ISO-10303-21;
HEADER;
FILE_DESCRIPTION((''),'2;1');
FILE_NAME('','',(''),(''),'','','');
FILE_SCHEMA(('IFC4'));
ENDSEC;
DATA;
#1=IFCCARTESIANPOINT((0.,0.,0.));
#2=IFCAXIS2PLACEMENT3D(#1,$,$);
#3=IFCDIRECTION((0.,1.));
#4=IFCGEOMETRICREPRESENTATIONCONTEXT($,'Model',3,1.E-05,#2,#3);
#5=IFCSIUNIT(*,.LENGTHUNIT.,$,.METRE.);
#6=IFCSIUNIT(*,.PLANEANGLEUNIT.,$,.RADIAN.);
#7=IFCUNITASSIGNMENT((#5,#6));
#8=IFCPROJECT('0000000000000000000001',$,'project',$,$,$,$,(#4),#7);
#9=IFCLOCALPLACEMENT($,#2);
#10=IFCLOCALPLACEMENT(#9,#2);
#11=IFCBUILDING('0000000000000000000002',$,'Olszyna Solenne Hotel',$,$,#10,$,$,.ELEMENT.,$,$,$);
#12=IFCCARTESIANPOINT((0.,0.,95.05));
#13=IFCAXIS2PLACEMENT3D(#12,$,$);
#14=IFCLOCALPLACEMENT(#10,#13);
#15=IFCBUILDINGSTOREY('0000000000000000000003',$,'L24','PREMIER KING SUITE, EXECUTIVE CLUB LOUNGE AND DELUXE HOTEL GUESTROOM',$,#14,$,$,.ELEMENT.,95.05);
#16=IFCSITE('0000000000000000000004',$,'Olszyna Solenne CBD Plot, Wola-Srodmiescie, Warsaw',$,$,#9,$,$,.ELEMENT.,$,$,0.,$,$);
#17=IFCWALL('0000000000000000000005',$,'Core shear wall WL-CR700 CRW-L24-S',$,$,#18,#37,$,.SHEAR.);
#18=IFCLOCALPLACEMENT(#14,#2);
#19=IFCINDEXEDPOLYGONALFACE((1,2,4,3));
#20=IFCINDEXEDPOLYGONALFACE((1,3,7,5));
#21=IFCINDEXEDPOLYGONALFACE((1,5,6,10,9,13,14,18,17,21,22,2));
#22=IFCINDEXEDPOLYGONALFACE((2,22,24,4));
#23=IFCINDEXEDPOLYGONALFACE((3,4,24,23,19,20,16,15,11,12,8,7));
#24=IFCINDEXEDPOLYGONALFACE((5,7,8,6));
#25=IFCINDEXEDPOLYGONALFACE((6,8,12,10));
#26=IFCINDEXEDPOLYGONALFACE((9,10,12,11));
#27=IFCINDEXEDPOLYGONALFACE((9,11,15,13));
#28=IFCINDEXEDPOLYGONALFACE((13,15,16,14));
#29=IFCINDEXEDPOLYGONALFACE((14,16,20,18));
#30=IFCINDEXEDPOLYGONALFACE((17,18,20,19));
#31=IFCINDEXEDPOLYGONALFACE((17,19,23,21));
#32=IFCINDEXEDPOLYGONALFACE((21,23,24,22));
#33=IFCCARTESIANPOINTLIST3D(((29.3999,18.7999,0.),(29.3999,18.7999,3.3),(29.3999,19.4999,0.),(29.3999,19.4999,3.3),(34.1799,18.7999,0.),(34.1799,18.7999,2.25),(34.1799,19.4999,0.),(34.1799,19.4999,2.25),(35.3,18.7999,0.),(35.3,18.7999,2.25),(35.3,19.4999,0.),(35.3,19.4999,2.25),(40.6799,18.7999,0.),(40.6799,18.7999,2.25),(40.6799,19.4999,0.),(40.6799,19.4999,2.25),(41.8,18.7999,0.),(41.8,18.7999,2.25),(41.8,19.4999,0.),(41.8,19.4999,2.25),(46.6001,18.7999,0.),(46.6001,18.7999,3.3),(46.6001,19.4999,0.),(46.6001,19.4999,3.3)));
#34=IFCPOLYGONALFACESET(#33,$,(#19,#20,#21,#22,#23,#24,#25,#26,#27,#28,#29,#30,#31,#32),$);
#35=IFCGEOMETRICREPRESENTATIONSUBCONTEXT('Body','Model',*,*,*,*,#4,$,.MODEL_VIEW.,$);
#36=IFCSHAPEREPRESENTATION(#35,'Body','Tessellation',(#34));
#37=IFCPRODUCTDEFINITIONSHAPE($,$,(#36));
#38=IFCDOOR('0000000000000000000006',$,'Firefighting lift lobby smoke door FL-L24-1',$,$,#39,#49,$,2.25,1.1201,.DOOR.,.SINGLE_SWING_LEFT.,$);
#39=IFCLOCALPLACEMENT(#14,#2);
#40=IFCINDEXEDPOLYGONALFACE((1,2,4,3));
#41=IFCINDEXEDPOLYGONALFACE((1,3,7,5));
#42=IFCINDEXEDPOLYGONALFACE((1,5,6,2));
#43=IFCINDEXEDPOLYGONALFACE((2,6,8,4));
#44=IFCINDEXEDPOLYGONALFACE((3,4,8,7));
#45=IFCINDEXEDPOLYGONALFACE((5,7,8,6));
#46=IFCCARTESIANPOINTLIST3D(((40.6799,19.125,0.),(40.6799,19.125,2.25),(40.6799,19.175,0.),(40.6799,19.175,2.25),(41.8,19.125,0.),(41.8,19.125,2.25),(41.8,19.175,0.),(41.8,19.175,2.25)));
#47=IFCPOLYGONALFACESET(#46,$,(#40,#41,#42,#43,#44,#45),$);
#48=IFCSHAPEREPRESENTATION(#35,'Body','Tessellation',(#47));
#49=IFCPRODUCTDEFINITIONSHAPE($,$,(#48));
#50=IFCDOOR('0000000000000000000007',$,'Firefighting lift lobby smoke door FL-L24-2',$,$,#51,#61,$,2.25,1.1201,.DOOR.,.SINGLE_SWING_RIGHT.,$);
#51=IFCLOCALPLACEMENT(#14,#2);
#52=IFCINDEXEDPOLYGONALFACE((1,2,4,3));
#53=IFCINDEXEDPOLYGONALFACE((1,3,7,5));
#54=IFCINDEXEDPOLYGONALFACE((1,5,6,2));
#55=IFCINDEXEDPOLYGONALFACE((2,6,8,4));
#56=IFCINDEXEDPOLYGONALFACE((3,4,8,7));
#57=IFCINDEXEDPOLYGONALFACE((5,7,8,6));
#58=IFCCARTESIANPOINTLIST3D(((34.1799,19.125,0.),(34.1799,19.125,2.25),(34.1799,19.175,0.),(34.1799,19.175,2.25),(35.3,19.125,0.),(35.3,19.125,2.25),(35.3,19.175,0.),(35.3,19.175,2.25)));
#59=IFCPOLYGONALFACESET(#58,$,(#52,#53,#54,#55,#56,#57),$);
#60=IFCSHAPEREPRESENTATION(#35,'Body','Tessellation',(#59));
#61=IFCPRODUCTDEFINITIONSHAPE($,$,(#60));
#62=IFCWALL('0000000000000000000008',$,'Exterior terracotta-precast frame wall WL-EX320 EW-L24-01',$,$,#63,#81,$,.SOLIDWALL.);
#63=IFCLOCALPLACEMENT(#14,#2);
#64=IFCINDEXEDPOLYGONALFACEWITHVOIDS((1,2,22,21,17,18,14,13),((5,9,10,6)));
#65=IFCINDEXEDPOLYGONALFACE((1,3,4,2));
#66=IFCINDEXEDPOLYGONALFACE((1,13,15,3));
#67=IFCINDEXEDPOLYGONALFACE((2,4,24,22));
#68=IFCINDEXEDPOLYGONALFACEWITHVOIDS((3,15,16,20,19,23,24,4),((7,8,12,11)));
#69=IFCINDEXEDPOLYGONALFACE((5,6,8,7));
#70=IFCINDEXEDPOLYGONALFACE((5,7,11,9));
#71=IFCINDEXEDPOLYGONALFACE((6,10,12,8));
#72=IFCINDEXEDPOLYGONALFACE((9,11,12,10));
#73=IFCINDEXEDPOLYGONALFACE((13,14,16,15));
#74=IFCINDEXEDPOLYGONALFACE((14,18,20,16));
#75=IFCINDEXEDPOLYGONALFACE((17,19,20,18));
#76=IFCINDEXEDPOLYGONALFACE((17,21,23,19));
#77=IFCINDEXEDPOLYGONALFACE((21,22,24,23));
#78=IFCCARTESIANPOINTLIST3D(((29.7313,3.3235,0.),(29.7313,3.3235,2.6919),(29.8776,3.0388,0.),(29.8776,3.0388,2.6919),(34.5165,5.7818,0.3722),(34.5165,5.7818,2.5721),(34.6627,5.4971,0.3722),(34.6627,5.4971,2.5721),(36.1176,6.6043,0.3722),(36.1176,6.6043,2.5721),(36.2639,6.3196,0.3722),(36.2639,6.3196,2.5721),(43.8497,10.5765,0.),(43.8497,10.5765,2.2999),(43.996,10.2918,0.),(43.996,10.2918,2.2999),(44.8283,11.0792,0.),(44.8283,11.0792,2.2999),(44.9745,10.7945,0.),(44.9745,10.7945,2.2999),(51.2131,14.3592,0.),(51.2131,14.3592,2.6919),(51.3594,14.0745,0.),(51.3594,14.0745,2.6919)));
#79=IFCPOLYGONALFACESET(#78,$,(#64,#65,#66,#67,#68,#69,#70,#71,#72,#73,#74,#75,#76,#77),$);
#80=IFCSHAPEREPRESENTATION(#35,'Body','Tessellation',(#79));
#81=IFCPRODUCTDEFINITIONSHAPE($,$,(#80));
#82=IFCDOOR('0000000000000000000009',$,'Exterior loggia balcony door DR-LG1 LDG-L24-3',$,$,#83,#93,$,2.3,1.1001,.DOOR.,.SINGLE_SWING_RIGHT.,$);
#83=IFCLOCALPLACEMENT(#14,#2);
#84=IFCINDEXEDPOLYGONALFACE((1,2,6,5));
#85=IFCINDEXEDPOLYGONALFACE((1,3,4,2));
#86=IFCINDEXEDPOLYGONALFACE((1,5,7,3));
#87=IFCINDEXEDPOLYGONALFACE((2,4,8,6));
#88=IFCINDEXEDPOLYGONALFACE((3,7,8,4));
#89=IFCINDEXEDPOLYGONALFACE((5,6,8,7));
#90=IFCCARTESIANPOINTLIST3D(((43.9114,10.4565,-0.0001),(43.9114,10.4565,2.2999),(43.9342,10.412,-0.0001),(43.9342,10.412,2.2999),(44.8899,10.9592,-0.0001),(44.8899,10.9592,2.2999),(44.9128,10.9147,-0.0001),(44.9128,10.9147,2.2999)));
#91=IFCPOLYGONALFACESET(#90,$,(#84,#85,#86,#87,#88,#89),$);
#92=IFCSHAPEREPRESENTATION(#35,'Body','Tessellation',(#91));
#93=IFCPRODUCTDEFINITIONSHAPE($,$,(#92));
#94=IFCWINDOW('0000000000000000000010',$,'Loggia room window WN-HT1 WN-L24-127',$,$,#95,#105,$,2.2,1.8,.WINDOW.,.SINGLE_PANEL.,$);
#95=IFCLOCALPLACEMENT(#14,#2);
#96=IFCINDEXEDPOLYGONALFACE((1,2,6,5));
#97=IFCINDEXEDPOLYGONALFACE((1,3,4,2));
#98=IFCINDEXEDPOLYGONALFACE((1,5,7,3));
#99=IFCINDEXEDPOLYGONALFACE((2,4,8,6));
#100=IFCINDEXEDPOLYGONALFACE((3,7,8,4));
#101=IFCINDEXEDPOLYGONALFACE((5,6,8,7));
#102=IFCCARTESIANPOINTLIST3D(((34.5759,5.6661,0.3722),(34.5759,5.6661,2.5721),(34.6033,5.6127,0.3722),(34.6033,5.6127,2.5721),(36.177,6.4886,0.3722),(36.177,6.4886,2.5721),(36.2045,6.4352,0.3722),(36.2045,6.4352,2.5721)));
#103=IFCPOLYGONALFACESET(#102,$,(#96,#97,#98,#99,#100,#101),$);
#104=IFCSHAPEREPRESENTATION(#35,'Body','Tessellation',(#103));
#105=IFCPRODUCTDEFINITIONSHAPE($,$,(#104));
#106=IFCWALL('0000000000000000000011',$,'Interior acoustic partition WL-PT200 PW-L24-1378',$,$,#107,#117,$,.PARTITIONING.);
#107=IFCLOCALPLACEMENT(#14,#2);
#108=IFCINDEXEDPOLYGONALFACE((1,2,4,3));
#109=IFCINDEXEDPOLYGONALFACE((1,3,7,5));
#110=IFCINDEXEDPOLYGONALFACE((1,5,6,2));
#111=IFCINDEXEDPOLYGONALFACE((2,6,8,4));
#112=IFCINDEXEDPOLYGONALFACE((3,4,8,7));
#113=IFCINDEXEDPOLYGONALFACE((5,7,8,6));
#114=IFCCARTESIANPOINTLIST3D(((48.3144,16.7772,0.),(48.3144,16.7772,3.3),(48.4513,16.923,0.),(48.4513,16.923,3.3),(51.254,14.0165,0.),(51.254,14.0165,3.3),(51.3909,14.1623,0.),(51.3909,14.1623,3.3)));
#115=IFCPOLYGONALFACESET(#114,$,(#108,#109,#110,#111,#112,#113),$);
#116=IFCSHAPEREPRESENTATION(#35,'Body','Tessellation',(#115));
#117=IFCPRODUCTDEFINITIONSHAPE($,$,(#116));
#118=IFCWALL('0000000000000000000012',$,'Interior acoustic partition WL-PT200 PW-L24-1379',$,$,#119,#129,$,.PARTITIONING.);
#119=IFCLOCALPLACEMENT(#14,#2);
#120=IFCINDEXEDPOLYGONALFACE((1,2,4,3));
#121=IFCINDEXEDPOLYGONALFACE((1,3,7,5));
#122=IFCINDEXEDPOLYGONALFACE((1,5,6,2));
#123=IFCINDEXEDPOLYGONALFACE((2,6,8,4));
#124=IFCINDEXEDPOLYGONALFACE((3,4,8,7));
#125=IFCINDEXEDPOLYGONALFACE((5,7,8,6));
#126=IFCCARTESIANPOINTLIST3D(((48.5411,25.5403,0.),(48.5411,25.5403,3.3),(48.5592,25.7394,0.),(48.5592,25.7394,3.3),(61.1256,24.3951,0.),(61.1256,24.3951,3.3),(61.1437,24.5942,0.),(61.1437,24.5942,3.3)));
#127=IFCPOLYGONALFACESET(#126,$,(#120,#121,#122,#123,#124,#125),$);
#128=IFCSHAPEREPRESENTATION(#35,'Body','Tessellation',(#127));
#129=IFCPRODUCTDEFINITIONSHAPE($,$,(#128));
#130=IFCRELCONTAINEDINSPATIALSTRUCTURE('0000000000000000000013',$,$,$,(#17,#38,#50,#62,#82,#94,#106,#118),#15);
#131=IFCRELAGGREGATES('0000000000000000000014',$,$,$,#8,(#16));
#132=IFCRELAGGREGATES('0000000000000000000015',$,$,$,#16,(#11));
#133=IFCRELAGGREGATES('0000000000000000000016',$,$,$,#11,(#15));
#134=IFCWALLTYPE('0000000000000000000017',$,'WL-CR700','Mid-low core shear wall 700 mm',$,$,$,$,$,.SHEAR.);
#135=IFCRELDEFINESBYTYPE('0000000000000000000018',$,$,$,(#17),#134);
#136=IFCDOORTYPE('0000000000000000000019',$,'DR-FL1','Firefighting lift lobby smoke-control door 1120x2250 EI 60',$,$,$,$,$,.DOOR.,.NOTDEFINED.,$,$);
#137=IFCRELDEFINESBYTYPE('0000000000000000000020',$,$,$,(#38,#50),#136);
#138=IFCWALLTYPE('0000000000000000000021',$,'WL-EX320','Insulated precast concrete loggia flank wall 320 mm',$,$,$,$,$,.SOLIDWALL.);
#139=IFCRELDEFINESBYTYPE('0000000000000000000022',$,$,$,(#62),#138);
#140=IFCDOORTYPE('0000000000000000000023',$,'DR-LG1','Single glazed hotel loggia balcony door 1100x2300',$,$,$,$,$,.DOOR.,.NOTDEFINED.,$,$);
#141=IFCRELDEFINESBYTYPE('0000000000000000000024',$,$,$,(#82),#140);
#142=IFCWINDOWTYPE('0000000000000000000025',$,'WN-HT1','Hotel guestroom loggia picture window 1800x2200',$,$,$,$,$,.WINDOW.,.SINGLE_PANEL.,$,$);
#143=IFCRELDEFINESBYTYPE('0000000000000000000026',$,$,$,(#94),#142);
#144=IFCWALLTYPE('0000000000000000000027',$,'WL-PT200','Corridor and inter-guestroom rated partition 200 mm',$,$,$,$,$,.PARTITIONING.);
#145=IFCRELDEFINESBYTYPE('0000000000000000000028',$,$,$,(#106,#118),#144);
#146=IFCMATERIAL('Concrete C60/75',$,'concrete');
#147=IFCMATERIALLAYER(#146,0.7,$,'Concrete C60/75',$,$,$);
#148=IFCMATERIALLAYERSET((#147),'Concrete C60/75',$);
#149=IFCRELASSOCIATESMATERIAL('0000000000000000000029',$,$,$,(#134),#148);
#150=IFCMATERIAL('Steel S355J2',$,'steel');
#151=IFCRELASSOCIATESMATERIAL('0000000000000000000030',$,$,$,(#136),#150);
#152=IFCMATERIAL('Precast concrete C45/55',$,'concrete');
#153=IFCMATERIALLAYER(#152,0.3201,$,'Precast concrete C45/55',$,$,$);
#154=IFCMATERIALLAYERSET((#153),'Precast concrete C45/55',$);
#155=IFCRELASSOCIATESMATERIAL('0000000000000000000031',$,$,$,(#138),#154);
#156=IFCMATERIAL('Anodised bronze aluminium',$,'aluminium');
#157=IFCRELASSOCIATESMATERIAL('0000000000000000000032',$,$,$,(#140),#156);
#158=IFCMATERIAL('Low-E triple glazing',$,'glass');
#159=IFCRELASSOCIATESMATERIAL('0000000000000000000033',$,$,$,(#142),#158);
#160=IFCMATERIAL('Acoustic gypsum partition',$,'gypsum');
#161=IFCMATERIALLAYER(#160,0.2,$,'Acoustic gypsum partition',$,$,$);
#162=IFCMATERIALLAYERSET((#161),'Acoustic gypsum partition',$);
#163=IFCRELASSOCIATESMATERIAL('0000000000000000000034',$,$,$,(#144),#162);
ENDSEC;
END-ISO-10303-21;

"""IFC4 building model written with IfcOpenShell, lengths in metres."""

from ifc_helpers import new_model, si_unit, direction, frame, frame_2d, origin, place, context, subcontext, project, spatial, rectangle, extrude, source, transform, mapped, material, layer, layer_set, type_object, type_shapes, element, fill, save


model = new_model("IFC4")

# Units and contexts
model_context = context("Model", 3, precision=1e-05, world=origin(), true_north=direction((0.0, 1.0)))
body_context = subcontext(model_context, "Body", "Model", "MODEL_VIEW")
ifc_project = project(units=[si_unit("LENGTHUNIT", "METRE"), si_unit("PLANEANGLEUNIT", "RADIAN")], contexts=[model_context])

# Site, building, storey
site_placement = place(None, origin())
site = spatial("IfcSite", under=ifc_project, at=site_placement, Name="Olszyna Solenne CBD Plot, Wola-Srodmiescie, Warsaw", CompositionType="ELEMENT", RefElevation=0.0)
building_placement = place(site_placement, origin())
building = spatial("IfcBuilding", under=site, at=building_placement, Name="Olszyna Solenne Hotel", CompositionType="ELEMENT")
storey_placement = place(building_placement, frame((0.0, 0.0, 95.05)))
storey = spatial("IfcBuildingStorey", under=building, at=storey_placement, Name="L24", Description="PREMIER KING SUITE, EXECUTIVE CLUB LOUNGE AND DELUXE HOTEL GUESTROOM", CompositionType="ELEMENT", Elevation=95.05)

# Shared definitions
ifc_material_1 = material(Name="Steel S355J2", Category="steel")

# Wall, openings, doors
ifc_material_2 = material(Name="Concrete C60/75", Category="concrete")
ifc_layer_1 = layer(ifc_material_2, 0.7, Name="Concrete C60/75")
ifc_layer_set_1 = layer_set([ifc_layer_1], Name="Concrete C60/75")
wall_type_1 = type_object("IfcWallType", Name="WL-CR700", Description="Mid-low core shear wall 700 mm", PredefinedType="SHEAR", material=ifc_layer_set_1)
wall_1_placement = place(storey_placement, frame((46.6001, 19.1499, 0.0), z_axis=(0.0, 0.0, 1.0), x_axis=(-1.0, 0.0, 0.0)))
wall_1 = element("IfcWall", 1, at=wall_1_placement, inside=storey, type_object=wall_type_1, Name="Core shear wall WL-CR700 CRW-L24-S", PredefinedType="SHEAR", context=body_context, shape_type="SweptSolid", body=[
    extrude(rectangle(XDim=17.2002, YDim=0.7, at=frame_2d((8.6001, 0.0))), origin(), (0.0, 0.0, 1.0), 3.3),
])
opening_1_placement = place(wall_1_placement, frame((4.8, 0.0, 0.0)))
opening_1 = element("IfcOpeningElement", 2, at=opening_1_placement, cuts=wall_1, PredefinedType="OPENING", context=body_context, shape_type="SweptSolid", body=[
    extrude(rectangle(XDim=1.1201, YDim=2.25, at=frame_2d((0.5601, 1.125))), frame((0.0, 0.3599, 0.0), z_axis=(0.0, -1.0, 0.0), x_axis=(1.0, 0.0, 0.0)), (0.0, 0.0, 1.0), 0.72),
])
opening_2_placement = place(wall_1_placement, frame((11.3, 0.0, 0.0)))
opening_2 = element("IfcOpeningElement", 3, at=opening_2_placement, cuts=wall_1, PredefinedType="OPENING", context=body_context, shape_type="SweptSolid", body=[
    extrude(rectangle(XDim=1.1201, YDim=2.25, at=frame_2d((0.5601, 1.125))), frame((0.0, 0.3599, 0.0), z_axis=(0.0, -1.0, 0.0), x_axis=(1.0, 0.0, 0.0)), (0.0, 0.0, 1.0), 0.72),
])
door_type_1 = type_object("IfcDoorType", Name="DR-FL1", Description="Firefighting lift lobby smoke-control door 1120x2250 EI 60", OperationType="NOTDEFINED", PredefinedType="DOOR", material=ifc_material_1)
shared_shape_1 = source(origin(), body_context, "Body", "SweptSolid", [
    extrude(rectangle(XDim=1.1201, YDim=2.25, at=frame_2d((0.5601, 1.125))), frame((0.0, 0.0249, 0.0), z_axis=(0.0, -1.0, 0.0), x_axis=(1.0, 0.0, 0.0)), (0.0, 0.0, 1.0), 0.05),
])
type_shapes(door_type_1, [shared_shape_1])
door_1_placement = place(opening_1_placement, origin())
door_1 = element("IfcDoor", 4, at=door_1_placement, inside=storey, type_object=door_type_1, Name="Firefighting lift lobby smoke door FL-L24-1", OperationType="SINGLE_SWING_LEFT", OverallHeight=2.25, OverallWidth=1.1201, PredefinedType="DOOR", context=body_context, shape_type="MappedRepresentation", body=[
    mapped(shared_shape_1, transform((0.0, 0.0, 0.0), x_axis=(1.0, 0.0, 0.0), y_axis=(0.0, 1.0, 0.0), z_axis=(0.0, 0.0, 1.0), scale=1.0)),
])
fill(opening_1, door_1)
door_2_placement = place(opening_2_placement, origin())
door_2 = element("IfcDoor", 5, at=door_2_placement, inside=storey, type_object=door_type_1, Name="Firefighting lift lobby smoke door FL-L24-2", OperationType="SINGLE_SWING_RIGHT", OverallHeight=2.25, OverallWidth=1.1201, PredefinedType="DOOR", context=body_context, shape_type="MappedRepresentation", body=[
    mapped(shared_shape_1, transform((0.0, 0.0, 0.0), x_axis=(1.0, 0.0, 0.0), y_axis=(0.0, 1.0, 0.0), z_axis=(0.0, 0.0, 1.0), scale=1.0)),
])
fill(opening_2, door_2)

# Wall, openings, door, window
ifc_material_3 = material(Name="Precast concrete C45/55", Category="concrete")
ifc_layer_2 = layer(ifc_material_3, 0.3201, Name="Precast concrete C45/55")
ifc_layer_set_2 = layer_set([ifc_layer_2], Name="Precast concrete C45/55")
wall_type_2 = type_object("IfcWallType", Name="WL-EX320", Description="Insulated precast concrete loggia flank wall 320 mm", PredefinedType="SOLIDWALL", material=ifc_layer_set_2)
wall_2_placement = place(storey_placement, frame((51.2861, 14.2168, 0.0), z_axis=(0.0, 0.0, 1.0), x_axis=(-0.889491, -0.456952, 0.0)))
wall_2 = element("IfcWall", 6, at=wall_2_placement, inside=storey, type_object=wall_type_2, Name="Exterior terracotta-precast frame wall WL-EX320 EW-L24-01", PredefinedType="SOLIDWALL", context=body_context, shape_type="SweptSolid", body=[
    extrude(rectangle(XDim=24.1506, YDim=0.3201, at=frame_2d((12.0752, 0.0))), origin(), (0.0, 0.0, 1.0), 2.6919),
])
opening_3_placement = place(wall_2_placement, frame((7.178, 0.0, 0.0)))
opening_3 = element("IfcOpeningElement", 7, at=opening_3_placement, cuts=wall_2, PredefinedType="OPENING", context=body_context, shape_type="SweptSolid", body=[
    extrude(rectangle(XDim=1.1001, YDim=2.3, at=frame_2d((0.55, 1.1499))), frame((0.0, 0.1699, 0.0), z_axis=(0.0, -1.0, 0.0), x_axis=(1.0, 0.0, 0.0)), (0.0, 0.0, 1.0), 0.3401),
])
opening_4_placement = place(wall_2_placement, frame((16.9709, 0.0, 0.3721)))
opening_4 = element("IfcOpeningElement", 8, at=opening_4_placement, cuts=wall_2, PredefinedType="OPENING", context=body_context, shape_type="SweptSolid", body=[
    extrude(rectangle(XDim=1.8, YDim=2.2, at=frame_2d((0.8999, 1.1001))), frame((0.0, 0.1699, 0.0), z_axis=(0.0, -1.0, 0.0), x_axis=(1.0, 0.0, 0.0)), (0.0, 0.0, 1.0), 0.3401),
])
ifc_material_4 = material(Name="Anodised bronze aluminium", Category="aluminium")
door_type_2 = type_object("IfcDoorType", Name="DR-LG1", Description="Single glazed hotel loggia balcony door 1100x2300", OperationType="NOTDEFINED", PredefinedType="DOOR", material=ifc_material_4)
shared_shape_2 = source(origin(), body_context, "Body", "SweptSolid", [
    extrude(rectangle(XDim=1.1001, YDim=2.3, at=frame_2d((0.55, 1.1499))), frame((0.0, 0.0249, 0.0), z_axis=(0.0, -1.0, 0.0), x_axis=(1.0, 0.0, 0.0)), (0.0, 0.0, 1.0), 0.05),
])
type_shapes(door_type_2, [shared_shape_2])
door_3_placement = place(opening_3_placement, origin())
door_3 = element("IfcDoor", 9, at=door_3_placement, inside=storey, type_object=door_type_2, Name="Exterior loggia balcony door DR-LG1 LDG-L24-3", OperationType="SINGLE_SWING_RIGHT", OverallHeight=2.3, OverallWidth=1.1001, PredefinedType="DOOR", context=body_context, shape_type="MappedRepresentation", body=[
    mapped(shared_shape_2, transform((0.0, 0.0, 0.0), x_axis=(1.0, 0.0, 0.0), y_axis=(0.0, 1.0, 0.0), z_axis=(0.0, 0.0, 1.0), scale=1.0)),
])
fill(opening_3, door_3)
ifc_material_5 = material(Name="Low-E triple glazing", Category="glass")
window_type = type_object("IfcWindowType", Name="WN-HT1", Description="Hotel guestroom loggia picture window 1800x2200", PartitioningType="SINGLE_PANEL", PredefinedType="WINDOW", material=ifc_material_5)
shared_shape_3 = source(origin(), body_context, "Body", "SweptSolid", [
    extrude(rectangle(XDim=1.8, YDim=2.2, at=frame_2d((0.8999, 1.1001))), frame((0.0, 0.03, 0.0), z_axis=(0.0, -1.0, 0.0), x_axis=(1.0, 0.0, 0.0)), (0.0, 0.0, 1.0), 0.0601),
])
type_shapes(window_type, [shared_shape_3])
window_placement = place(opening_4_placement, origin())
window = element("IfcWindow", 10, at=window_placement, inside=storey, type_object=window_type, Name="Loggia room window WN-HT1 WN-L24-127", OverallHeight=2.2, OverallWidth=1.8, PartitioningType="SINGLE_PANEL", PredefinedType="WINDOW", context=body_context, shape_type="MappedRepresentation", body=[
    mapped(shared_shape_3, transform((0.0, 0.0, 0.0), x_axis=(1.0, 0.0, 0.0), y_axis=(0.0, 1.0, 0.0), z_axis=(0.0, 0.0, 1.0), scale=1.0)),
])
fill(opening_4, window)

# Walls
ifc_material_6 = material(Name="Acoustic gypsum partition", Category="gypsum")
ifc_layer_3 = layer(ifc_material_6, 0.2, Name="Acoustic gypsum partition")
ifc_layer_set_3 = layer_set([ifc_layer_3], Name="Acoustic gypsum partition")
wall_type_3 = type_object("IfcWallType", Name="WL-PT200", Description="Corridor and inter-guestroom rated partition 200 mm", PredefinedType="PARTITIONING", material=ifc_layer_set_3)
wall_3_placement = place(storey_placement, frame((48.3828, 16.8501, 0.0), z_axis=(0.0, 0.0, 1.0), x_axis=(0.728946, -0.684571, 0.0)))
element("IfcWall", 11, at=wall_3_placement, inside=storey, type_object=wall_type_3, Name="Interior acoustic partition WL-PT200 PW-L24-1378", PredefinedType="PARTITIONING", context=body_context, shape_type="SweptSolid", body=[
    extrude(rectangle(XDim=4.0327, YDim=0.2, at=frame_2d((2.0164, 0.0))), origin(), (0.0, 0.0, 1.0), 3.3),
])
wall_4_placement = place(storey_placement, frame((48.55, 25.6399, 0.0), z_axis=(0.0, 0.0, 1.0), x_axis=(0.995884, -0.090632, 0.0)))
element("IfcWall", 12, at=wall_4_placement, inside=storey, type_object=wall_type_3, Name="Interior acoustic partition WL-PT200 PW-L24-1379", PredefinedType="PARTITIONING", context=body_context, shape_type="SweptSolid", body=[
    extrude(rectangle(XDim=12.6365, YDim=0.2, at=frame_2d((6.3184, 0.0))), origin(), (0.0, 0.0, 1.0), 3.3),
])

save(model, "model.ifc")
